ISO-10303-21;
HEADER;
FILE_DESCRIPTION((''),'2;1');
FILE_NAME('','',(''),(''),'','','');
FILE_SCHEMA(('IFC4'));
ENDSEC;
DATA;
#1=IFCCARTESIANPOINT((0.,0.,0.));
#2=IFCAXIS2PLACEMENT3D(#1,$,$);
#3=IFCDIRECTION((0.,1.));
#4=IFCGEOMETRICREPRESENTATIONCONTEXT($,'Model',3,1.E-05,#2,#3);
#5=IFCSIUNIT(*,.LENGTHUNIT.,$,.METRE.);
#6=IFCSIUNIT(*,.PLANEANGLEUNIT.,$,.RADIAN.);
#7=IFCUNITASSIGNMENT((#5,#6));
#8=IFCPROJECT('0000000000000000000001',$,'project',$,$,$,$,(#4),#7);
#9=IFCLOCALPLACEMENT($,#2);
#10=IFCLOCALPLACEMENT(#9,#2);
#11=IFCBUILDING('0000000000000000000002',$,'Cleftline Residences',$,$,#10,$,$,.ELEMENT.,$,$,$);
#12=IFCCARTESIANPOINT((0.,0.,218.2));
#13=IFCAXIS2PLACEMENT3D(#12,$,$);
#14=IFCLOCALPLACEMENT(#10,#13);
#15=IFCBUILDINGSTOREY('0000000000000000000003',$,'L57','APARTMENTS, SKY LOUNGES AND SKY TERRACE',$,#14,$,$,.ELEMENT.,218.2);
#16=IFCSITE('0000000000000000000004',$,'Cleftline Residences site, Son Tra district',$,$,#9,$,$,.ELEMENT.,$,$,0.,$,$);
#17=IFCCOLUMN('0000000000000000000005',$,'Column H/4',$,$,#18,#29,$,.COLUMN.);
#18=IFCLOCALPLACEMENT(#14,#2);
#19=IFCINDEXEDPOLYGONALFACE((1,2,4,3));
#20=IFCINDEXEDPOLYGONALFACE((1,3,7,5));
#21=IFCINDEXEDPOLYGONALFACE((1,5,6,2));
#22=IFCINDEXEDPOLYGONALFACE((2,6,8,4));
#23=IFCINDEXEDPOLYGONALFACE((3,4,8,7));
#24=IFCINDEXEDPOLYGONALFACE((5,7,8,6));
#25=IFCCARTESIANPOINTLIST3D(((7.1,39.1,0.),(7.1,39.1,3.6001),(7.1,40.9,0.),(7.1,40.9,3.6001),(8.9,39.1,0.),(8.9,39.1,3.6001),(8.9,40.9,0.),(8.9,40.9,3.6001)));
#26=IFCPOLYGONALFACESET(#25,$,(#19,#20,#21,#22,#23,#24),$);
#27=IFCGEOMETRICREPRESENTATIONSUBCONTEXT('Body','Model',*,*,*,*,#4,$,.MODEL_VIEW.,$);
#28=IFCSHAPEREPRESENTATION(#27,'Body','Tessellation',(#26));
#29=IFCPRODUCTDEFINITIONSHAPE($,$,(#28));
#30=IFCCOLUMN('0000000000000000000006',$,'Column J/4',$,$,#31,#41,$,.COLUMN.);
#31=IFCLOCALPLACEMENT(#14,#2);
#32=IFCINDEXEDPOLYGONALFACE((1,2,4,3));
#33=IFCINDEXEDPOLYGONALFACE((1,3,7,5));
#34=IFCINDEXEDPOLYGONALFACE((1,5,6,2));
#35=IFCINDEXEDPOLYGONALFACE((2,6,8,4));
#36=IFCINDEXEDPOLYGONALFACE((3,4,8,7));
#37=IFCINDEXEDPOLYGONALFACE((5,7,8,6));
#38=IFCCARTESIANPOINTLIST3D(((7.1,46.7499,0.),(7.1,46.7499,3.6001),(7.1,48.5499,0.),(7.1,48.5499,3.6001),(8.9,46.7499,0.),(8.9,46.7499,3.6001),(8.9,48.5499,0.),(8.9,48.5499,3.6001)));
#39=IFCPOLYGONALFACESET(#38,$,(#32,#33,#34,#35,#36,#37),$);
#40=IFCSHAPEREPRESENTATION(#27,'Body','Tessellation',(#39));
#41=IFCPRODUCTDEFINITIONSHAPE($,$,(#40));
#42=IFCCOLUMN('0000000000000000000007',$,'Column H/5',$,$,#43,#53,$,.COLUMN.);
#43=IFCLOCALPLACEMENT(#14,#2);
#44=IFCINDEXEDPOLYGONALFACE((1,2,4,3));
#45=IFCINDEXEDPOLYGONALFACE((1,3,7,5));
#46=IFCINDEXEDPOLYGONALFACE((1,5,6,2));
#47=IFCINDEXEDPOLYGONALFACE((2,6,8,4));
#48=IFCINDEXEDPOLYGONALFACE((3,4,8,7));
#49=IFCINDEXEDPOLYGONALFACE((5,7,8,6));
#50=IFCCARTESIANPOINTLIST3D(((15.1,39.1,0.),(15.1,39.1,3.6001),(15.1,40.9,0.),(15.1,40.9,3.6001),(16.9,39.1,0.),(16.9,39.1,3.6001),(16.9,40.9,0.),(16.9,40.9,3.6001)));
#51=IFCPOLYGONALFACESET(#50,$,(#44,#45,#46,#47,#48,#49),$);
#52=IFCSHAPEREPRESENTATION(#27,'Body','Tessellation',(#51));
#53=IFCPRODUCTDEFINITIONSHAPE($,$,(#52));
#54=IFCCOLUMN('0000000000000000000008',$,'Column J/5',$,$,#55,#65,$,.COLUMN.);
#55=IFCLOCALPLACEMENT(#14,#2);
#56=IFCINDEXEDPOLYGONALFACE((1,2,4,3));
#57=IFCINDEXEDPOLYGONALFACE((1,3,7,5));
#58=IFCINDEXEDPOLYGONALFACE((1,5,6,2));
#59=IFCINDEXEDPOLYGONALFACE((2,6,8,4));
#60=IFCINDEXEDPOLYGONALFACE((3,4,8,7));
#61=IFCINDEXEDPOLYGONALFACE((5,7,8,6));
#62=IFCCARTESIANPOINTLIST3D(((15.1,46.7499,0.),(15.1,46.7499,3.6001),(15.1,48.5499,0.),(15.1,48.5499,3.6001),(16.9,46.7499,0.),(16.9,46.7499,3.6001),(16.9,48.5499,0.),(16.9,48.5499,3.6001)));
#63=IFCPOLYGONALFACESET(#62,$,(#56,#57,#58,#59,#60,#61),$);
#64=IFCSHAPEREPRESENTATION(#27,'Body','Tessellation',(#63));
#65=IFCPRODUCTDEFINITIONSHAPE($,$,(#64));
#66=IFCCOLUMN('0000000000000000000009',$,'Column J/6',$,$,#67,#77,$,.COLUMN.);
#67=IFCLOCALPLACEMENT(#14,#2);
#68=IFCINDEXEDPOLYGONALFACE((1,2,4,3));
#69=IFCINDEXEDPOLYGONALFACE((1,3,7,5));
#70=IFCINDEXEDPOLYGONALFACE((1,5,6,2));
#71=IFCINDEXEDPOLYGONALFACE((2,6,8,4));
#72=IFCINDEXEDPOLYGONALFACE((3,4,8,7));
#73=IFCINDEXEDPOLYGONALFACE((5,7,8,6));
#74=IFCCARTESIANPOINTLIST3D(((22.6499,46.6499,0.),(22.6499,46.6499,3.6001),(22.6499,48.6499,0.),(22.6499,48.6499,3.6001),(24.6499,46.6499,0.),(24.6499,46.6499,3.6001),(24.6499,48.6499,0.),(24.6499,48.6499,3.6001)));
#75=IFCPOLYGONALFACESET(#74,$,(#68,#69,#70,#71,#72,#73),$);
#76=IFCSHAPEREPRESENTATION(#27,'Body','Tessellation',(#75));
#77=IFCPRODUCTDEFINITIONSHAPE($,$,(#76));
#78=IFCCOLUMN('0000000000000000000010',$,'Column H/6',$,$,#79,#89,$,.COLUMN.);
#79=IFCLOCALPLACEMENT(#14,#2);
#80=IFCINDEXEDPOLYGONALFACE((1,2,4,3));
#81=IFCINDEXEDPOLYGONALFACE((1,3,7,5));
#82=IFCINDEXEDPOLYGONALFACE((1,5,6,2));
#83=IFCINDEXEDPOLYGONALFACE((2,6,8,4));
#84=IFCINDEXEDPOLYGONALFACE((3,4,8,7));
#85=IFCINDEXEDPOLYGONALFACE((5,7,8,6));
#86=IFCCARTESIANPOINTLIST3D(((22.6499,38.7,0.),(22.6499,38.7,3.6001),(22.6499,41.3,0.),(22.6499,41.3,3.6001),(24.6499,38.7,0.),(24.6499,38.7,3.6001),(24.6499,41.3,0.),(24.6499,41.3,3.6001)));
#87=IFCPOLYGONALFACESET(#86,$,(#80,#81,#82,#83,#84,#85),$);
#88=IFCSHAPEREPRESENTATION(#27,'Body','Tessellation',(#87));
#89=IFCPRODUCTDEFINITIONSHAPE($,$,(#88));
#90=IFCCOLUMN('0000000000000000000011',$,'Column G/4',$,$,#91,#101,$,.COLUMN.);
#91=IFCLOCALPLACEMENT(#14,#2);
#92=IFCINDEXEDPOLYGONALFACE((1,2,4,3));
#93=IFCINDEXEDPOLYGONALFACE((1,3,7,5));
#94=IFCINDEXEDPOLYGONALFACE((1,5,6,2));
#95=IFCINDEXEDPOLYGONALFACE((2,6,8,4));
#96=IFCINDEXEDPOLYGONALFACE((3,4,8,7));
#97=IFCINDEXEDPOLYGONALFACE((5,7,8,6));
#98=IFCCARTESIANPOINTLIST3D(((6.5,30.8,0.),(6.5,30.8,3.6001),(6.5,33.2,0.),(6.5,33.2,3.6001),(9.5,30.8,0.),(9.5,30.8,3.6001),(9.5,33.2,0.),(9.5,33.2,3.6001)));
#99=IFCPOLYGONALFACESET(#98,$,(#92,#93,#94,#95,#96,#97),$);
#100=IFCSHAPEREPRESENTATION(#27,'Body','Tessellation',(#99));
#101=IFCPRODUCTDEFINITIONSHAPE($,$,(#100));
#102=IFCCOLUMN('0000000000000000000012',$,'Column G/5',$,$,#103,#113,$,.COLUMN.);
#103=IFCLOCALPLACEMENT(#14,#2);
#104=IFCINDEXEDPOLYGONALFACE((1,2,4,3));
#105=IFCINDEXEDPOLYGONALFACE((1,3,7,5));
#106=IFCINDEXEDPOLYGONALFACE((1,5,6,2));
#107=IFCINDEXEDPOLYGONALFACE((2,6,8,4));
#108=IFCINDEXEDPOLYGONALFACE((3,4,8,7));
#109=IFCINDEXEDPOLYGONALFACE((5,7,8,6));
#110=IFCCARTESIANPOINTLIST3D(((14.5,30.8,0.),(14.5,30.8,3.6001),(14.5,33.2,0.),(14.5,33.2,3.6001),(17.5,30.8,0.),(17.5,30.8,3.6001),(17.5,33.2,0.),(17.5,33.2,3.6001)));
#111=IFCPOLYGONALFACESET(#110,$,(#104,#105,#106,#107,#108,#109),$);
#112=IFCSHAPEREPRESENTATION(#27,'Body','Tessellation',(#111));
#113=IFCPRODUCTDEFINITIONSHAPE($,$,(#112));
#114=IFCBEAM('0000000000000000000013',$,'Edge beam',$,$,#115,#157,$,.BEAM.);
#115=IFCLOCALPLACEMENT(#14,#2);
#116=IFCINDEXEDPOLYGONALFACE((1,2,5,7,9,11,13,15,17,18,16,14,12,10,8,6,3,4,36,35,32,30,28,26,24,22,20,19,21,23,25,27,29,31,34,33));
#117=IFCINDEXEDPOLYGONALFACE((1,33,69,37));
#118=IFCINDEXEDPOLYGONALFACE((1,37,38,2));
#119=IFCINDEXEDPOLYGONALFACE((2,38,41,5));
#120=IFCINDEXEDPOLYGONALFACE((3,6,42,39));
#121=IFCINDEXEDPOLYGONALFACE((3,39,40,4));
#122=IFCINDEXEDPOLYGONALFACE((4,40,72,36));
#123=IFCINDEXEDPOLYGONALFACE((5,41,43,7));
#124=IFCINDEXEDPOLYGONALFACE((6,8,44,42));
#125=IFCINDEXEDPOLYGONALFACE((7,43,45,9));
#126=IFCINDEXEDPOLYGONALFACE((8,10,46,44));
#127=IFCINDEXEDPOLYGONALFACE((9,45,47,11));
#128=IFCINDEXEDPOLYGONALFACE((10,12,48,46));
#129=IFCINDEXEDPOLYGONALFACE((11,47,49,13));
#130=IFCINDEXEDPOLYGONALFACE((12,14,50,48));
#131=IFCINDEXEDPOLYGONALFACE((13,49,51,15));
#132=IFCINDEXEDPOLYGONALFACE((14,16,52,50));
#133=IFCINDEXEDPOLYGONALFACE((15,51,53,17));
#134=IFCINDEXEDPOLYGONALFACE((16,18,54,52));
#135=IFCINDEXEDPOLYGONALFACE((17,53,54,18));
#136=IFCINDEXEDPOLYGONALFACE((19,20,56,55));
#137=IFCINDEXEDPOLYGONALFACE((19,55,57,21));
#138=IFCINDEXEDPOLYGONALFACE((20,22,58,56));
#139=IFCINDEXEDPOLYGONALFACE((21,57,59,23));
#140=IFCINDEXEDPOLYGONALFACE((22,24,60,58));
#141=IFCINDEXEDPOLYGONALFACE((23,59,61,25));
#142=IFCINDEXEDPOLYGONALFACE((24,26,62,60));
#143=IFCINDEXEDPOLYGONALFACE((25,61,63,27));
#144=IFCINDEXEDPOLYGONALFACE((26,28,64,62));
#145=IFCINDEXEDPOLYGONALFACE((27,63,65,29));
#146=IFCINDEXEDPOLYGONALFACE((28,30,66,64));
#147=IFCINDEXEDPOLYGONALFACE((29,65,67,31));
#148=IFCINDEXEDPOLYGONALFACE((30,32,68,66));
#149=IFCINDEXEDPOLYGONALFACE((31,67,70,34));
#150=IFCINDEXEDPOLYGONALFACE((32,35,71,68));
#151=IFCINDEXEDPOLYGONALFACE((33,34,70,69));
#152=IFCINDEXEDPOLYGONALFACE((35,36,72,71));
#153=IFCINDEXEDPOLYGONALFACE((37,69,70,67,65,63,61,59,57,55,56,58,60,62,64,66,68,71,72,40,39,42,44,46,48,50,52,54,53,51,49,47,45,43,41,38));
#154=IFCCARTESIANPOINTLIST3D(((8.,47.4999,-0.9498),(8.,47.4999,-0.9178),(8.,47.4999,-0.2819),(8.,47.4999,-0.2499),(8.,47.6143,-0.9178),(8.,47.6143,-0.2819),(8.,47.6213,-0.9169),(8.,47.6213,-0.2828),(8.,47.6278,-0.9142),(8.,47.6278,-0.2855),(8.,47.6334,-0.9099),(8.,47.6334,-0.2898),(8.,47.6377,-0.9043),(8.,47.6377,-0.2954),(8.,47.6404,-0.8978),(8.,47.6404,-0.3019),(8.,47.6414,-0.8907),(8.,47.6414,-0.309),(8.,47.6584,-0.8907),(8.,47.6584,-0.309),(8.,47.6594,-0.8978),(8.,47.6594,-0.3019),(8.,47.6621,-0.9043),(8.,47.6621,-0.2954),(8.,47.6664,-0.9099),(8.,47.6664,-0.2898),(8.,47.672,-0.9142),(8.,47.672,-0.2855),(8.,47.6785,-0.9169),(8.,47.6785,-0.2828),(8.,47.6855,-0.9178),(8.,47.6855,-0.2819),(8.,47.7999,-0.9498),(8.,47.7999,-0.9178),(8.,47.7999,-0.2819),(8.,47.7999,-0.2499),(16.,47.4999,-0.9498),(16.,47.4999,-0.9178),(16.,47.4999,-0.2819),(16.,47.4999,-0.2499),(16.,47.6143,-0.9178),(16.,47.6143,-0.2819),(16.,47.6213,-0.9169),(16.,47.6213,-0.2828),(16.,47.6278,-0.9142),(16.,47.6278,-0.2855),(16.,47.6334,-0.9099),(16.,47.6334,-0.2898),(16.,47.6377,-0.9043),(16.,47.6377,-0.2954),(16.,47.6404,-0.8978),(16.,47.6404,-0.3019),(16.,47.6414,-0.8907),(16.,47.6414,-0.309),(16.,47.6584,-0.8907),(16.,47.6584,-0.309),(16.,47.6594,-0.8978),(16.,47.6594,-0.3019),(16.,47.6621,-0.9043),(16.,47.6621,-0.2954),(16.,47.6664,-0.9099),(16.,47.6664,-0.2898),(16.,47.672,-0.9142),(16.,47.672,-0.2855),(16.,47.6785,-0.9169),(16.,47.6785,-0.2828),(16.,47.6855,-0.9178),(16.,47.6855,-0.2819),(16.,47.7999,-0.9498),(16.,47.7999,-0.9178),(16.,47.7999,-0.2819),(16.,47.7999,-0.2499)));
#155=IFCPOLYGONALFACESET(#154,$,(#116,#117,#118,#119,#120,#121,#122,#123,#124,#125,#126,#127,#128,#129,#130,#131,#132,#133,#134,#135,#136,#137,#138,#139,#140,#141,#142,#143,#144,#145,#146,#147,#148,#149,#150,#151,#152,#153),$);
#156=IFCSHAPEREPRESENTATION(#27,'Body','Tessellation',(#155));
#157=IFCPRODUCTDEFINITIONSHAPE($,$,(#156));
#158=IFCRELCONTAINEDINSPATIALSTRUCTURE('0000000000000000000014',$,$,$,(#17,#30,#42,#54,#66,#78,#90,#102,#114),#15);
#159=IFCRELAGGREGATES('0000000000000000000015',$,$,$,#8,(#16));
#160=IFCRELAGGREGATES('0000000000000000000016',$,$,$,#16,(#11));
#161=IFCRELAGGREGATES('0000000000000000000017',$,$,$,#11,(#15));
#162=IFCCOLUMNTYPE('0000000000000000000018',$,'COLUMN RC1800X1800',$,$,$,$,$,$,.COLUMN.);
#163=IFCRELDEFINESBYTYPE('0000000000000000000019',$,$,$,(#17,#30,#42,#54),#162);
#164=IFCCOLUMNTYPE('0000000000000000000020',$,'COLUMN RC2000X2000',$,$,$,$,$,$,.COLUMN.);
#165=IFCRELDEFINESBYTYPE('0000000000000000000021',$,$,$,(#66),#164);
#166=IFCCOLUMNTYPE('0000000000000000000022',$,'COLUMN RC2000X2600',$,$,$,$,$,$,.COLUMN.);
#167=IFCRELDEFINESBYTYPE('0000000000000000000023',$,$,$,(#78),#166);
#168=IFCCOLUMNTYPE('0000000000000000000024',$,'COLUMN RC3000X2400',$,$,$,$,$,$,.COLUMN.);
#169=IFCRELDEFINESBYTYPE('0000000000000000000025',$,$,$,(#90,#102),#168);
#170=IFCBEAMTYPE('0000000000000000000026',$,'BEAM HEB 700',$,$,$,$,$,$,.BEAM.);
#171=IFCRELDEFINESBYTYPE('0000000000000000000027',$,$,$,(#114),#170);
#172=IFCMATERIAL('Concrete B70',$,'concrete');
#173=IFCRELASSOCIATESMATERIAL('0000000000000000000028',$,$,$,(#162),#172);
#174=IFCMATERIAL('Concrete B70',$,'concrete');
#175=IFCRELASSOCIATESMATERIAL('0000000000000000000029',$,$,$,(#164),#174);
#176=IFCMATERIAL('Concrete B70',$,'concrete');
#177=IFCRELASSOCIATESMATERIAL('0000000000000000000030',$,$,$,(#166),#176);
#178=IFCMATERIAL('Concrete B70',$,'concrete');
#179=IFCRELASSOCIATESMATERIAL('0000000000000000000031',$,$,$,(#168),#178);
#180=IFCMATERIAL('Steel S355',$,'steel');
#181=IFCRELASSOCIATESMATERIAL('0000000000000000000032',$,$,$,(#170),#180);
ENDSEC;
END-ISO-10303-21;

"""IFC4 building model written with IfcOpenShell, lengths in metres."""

from ifc_helpers import new_model, si_unit, direction, frame, origin, origin_2d, place, context, subcontext, project, spatial, rectangle, i_section, extrude, material, material_profile, profile_set, type_object, element, save


model = new_model("IFC4")

# Units and contexts
model_context = context("Model", 3, precision=1e-05, world=origin(), true_north=direction((0.0, 1.0)))
body_context = subcontext(model_context, "Body", "Model", "MODEL_VIEW")
ifc_project = project(units=[si_unit("LENGTHUNIT", "METRE"), si_unit("PLANEANGLEUNIT", "RADIAN")], contexts=[model_context])

# Site, building, storey
site_placement = place(None, origin())
site = spatial("IfcSite", under=ifc_project, at=site_placement, Name="Cleftline Residences site, Son Tra district", CompositionType="ELEMENT", RefElevation=0.0)
building_placement = place(site_placement, origin())
building = spatial("IfcBuilding", under=site, at=building_placement, Name="Cleftline Residences", CompositionType="ELEMENT")
storey_placement = place(building_placement, frame((0.0, 0.0, 218.2)))
storey = spatial("IfcBuildingStorey", under=building, at=storey_placement, Name="L57", Description="APARTMENTS, SKY LOUNGES AND SKY TERRACE", CompositionType="ELEMENT", Elevation=218.2)

# Columns
ifc_material_1 = material(Name="Concrete B70", Category="concrete")
ifc_material_profile_1 = material_profile(ifc_material_1, rectangle(XDim=1.8, YDim=1.8, at=origin_2d()))
ifc_profile_set_1 = profile_set([ifc_material_profile_1], Name="Concrete B70")
column_type_1 = type_object("IfcColumnType", Name="COLUMN RC1800X1800", PredefinedType="COLUMN", material=ifc_profile_set_1)
for number, where, z_axis, x_axis, name in (
    (1, (8.0, 40.0, 0.0), (0.0, 0.0, 1.0), (1.0, 0.0, 0.0), "Column H/4"),
    (2, (8.0, 47.6499, 0.0), (0.0, 0.0, 1.0), (1.0, 0.0, 0.0), "Column J/4"),
    (3, (16.0, 40.0, 0.0), (0.0, 0.0, 1.0), (1.0, 0.0, 0.0), "Column H/5"),
    (4, (16.0, 47.6499, 0.0), (0.0, 0.0, 1.0), (1.0, 0.0, 0.0), "Column J/5"),
):
    element("IfcColumn", number, at=place(storey_placement, frame(where, z_axis=z_axis, x_axis=x_axis)), inside=storey, type_object=column_type_1, Name=name, PredefinedType="COLUMN", context=body_context, shape_type="SweptSolid", body=[
        extrude(rectangle(XDim=1.8, YDim=1.8, at=origin_2d()), origin(), (0.0, 0.0, 1.0), 3.6001),
    ])
ifc_material_2 = material(Name="Concrete B70", Category="concrete")
ifc_material_profile_2 = material_profile(ifc_material_2, rectangle(XDim=2.0, YDim=2.0, at=origin_2d()))
ifc_profile_set_2 = profile_set([ifc_material_profile_2], Name="Concrete B70")
column_type_2 = type_object("IfcColumnType", Name="COLUMN RC2000X2000", PredefinedType="COLUMN", material=ifc_profile_set_2)
column_1_placement = place(storey_placement, frame((23.6499, 47.6499, 0.0), z_axis=(0.0, 0.0, 1.0), x_axis=(1.0, 0.0, 0.0)))
element("IfcColumn", 5, at=column_1_placement, inside=storey, type_object=column_type_2, Name="Column J/6", PredefinedType="COLUMN", context=body_context, shape_type="SweptSolid", body=[
    extrude(rectangle(XDim=2.0, YDim=2.0, at=origin_2d()), origin(), (0.0, 0.0, 1.0), 3.6001),
])
ifc_material_3 = material(Name="Concrete B70", Category="concrete")
ifc_material_profile_3 = material_profile(ifc_material_3, rectangle(XDim=2.0, YDim=2.6001, at=origin_2d()))
ifc_profile_set_3 = profile_set([ifc_material_profile_3], Name="Concrete B70")
column_type_3 = type_object("IfcColumnType", Name="COLUMN RC2000X2600", PredefinedType="COLUMN", material=ifc_profile_set_3)
column_2_placement = place(storey_placement, frame((23.6499, 40.0, 0.0), z_axis=(0.0, 0.0, 1.0), x_axis=(1.0, 0.0, 0.0)))
element("IfcColumn", 6, at=column_2_placement, inside=storey, type_object=column_type_3, Name="Column H/6", PredefinedType="COLUMN", context=body_context, shape_type="SweptSolid", body=[
    extrude(rectangle(XDim=2.0, YDim=2.6001, at=origin_2d()), origin(), (0.0, 0.0, 1.0), 3.6001),
])
ifc_material_4 = material(Name="Concrete B70", Category="concrete")
ifc_material_profile_4 = material_profile(ifc_material_4, rectangle(XDim=3.0, YDim=2.3999, at=origin_2d()))
ifc_profile_set_4 = profile_set([ifc_material_profile_4], Name="Concrete B70")
column_type_4 = type_object("IfcColumnType", Name="COLUMN RC3000X2400", PredefinedType="COLUMN", material=ifc_profile_set_4)
for number, where, z_axis, x_axis, name in (
    (7, (8.0, 32.0, 0.0), (0.0, 0.0, 1.0), (1.0, 0.0, 0.0), "Column G/4"),
    (8, (16.0, 32.0, 0.0), (0.0, 0.0, 1.0), (1.0, 0.0, 0.0), "Column G/5"),
):
    element("IfcColumn", number, at=place(storey_placement, frame(where, z_axis=z_axis, x_axis=x_axis)), inside=storey, type_object=column_type_4, Name=name, PredefinedType="COLUMN", context=body_context, shape_type="SweptSolid", body=[
        extrude(rectangle(XDim=3.0, YDim=2.3999, at=origin_2d()), origin(), (0.0, 0.0, 1.0), 3.6001),
    ])

# Beam
ifc_material_5 = material(Name="Steel S355", Category="steel")
ifc_material_profile_5 = material_profile(ifc_material_5, i_section(OverallWidth=0.3, OverallDepth=0.7, WebThickness=0.0171, FlangeThickness=0.032, FilletRadius=0.0271, at=origin_2d()))
ifc_profile_set_5 = profile_set([ifc_material_profile_5], Name="Steel S355")
beam_type_1 = type_object("IfcBeamType", Name="BEAM HEB 700", PredefinedType="BEAM", material=ifc_profile_set_5)
beam_1_placement = place(storey_placement, frame((8.0, 47.6499, -0.5999), z_axis=(1.0, 0.0, 0.0), x_axis=(0.0, 1.0, 0.0)))
element("IfcBeam", 9, at=beam_1_placement, inside=storey, type_object=beam_type_1, Name="Edge beam", PredefinedType="BEAM", context=body_context, shape_type="SweptSolid", body=[
    extrude(i_section(OverallWidth=0.3, OverallDepth=0.7, WebThickness=0.0171, FlangeThickness=0.032, FilletRadius=0.0271, at=origin_2d()), origin(), (0.0, 0.0, 1.0), 8.0),
])

save(model, "model.ifc")
